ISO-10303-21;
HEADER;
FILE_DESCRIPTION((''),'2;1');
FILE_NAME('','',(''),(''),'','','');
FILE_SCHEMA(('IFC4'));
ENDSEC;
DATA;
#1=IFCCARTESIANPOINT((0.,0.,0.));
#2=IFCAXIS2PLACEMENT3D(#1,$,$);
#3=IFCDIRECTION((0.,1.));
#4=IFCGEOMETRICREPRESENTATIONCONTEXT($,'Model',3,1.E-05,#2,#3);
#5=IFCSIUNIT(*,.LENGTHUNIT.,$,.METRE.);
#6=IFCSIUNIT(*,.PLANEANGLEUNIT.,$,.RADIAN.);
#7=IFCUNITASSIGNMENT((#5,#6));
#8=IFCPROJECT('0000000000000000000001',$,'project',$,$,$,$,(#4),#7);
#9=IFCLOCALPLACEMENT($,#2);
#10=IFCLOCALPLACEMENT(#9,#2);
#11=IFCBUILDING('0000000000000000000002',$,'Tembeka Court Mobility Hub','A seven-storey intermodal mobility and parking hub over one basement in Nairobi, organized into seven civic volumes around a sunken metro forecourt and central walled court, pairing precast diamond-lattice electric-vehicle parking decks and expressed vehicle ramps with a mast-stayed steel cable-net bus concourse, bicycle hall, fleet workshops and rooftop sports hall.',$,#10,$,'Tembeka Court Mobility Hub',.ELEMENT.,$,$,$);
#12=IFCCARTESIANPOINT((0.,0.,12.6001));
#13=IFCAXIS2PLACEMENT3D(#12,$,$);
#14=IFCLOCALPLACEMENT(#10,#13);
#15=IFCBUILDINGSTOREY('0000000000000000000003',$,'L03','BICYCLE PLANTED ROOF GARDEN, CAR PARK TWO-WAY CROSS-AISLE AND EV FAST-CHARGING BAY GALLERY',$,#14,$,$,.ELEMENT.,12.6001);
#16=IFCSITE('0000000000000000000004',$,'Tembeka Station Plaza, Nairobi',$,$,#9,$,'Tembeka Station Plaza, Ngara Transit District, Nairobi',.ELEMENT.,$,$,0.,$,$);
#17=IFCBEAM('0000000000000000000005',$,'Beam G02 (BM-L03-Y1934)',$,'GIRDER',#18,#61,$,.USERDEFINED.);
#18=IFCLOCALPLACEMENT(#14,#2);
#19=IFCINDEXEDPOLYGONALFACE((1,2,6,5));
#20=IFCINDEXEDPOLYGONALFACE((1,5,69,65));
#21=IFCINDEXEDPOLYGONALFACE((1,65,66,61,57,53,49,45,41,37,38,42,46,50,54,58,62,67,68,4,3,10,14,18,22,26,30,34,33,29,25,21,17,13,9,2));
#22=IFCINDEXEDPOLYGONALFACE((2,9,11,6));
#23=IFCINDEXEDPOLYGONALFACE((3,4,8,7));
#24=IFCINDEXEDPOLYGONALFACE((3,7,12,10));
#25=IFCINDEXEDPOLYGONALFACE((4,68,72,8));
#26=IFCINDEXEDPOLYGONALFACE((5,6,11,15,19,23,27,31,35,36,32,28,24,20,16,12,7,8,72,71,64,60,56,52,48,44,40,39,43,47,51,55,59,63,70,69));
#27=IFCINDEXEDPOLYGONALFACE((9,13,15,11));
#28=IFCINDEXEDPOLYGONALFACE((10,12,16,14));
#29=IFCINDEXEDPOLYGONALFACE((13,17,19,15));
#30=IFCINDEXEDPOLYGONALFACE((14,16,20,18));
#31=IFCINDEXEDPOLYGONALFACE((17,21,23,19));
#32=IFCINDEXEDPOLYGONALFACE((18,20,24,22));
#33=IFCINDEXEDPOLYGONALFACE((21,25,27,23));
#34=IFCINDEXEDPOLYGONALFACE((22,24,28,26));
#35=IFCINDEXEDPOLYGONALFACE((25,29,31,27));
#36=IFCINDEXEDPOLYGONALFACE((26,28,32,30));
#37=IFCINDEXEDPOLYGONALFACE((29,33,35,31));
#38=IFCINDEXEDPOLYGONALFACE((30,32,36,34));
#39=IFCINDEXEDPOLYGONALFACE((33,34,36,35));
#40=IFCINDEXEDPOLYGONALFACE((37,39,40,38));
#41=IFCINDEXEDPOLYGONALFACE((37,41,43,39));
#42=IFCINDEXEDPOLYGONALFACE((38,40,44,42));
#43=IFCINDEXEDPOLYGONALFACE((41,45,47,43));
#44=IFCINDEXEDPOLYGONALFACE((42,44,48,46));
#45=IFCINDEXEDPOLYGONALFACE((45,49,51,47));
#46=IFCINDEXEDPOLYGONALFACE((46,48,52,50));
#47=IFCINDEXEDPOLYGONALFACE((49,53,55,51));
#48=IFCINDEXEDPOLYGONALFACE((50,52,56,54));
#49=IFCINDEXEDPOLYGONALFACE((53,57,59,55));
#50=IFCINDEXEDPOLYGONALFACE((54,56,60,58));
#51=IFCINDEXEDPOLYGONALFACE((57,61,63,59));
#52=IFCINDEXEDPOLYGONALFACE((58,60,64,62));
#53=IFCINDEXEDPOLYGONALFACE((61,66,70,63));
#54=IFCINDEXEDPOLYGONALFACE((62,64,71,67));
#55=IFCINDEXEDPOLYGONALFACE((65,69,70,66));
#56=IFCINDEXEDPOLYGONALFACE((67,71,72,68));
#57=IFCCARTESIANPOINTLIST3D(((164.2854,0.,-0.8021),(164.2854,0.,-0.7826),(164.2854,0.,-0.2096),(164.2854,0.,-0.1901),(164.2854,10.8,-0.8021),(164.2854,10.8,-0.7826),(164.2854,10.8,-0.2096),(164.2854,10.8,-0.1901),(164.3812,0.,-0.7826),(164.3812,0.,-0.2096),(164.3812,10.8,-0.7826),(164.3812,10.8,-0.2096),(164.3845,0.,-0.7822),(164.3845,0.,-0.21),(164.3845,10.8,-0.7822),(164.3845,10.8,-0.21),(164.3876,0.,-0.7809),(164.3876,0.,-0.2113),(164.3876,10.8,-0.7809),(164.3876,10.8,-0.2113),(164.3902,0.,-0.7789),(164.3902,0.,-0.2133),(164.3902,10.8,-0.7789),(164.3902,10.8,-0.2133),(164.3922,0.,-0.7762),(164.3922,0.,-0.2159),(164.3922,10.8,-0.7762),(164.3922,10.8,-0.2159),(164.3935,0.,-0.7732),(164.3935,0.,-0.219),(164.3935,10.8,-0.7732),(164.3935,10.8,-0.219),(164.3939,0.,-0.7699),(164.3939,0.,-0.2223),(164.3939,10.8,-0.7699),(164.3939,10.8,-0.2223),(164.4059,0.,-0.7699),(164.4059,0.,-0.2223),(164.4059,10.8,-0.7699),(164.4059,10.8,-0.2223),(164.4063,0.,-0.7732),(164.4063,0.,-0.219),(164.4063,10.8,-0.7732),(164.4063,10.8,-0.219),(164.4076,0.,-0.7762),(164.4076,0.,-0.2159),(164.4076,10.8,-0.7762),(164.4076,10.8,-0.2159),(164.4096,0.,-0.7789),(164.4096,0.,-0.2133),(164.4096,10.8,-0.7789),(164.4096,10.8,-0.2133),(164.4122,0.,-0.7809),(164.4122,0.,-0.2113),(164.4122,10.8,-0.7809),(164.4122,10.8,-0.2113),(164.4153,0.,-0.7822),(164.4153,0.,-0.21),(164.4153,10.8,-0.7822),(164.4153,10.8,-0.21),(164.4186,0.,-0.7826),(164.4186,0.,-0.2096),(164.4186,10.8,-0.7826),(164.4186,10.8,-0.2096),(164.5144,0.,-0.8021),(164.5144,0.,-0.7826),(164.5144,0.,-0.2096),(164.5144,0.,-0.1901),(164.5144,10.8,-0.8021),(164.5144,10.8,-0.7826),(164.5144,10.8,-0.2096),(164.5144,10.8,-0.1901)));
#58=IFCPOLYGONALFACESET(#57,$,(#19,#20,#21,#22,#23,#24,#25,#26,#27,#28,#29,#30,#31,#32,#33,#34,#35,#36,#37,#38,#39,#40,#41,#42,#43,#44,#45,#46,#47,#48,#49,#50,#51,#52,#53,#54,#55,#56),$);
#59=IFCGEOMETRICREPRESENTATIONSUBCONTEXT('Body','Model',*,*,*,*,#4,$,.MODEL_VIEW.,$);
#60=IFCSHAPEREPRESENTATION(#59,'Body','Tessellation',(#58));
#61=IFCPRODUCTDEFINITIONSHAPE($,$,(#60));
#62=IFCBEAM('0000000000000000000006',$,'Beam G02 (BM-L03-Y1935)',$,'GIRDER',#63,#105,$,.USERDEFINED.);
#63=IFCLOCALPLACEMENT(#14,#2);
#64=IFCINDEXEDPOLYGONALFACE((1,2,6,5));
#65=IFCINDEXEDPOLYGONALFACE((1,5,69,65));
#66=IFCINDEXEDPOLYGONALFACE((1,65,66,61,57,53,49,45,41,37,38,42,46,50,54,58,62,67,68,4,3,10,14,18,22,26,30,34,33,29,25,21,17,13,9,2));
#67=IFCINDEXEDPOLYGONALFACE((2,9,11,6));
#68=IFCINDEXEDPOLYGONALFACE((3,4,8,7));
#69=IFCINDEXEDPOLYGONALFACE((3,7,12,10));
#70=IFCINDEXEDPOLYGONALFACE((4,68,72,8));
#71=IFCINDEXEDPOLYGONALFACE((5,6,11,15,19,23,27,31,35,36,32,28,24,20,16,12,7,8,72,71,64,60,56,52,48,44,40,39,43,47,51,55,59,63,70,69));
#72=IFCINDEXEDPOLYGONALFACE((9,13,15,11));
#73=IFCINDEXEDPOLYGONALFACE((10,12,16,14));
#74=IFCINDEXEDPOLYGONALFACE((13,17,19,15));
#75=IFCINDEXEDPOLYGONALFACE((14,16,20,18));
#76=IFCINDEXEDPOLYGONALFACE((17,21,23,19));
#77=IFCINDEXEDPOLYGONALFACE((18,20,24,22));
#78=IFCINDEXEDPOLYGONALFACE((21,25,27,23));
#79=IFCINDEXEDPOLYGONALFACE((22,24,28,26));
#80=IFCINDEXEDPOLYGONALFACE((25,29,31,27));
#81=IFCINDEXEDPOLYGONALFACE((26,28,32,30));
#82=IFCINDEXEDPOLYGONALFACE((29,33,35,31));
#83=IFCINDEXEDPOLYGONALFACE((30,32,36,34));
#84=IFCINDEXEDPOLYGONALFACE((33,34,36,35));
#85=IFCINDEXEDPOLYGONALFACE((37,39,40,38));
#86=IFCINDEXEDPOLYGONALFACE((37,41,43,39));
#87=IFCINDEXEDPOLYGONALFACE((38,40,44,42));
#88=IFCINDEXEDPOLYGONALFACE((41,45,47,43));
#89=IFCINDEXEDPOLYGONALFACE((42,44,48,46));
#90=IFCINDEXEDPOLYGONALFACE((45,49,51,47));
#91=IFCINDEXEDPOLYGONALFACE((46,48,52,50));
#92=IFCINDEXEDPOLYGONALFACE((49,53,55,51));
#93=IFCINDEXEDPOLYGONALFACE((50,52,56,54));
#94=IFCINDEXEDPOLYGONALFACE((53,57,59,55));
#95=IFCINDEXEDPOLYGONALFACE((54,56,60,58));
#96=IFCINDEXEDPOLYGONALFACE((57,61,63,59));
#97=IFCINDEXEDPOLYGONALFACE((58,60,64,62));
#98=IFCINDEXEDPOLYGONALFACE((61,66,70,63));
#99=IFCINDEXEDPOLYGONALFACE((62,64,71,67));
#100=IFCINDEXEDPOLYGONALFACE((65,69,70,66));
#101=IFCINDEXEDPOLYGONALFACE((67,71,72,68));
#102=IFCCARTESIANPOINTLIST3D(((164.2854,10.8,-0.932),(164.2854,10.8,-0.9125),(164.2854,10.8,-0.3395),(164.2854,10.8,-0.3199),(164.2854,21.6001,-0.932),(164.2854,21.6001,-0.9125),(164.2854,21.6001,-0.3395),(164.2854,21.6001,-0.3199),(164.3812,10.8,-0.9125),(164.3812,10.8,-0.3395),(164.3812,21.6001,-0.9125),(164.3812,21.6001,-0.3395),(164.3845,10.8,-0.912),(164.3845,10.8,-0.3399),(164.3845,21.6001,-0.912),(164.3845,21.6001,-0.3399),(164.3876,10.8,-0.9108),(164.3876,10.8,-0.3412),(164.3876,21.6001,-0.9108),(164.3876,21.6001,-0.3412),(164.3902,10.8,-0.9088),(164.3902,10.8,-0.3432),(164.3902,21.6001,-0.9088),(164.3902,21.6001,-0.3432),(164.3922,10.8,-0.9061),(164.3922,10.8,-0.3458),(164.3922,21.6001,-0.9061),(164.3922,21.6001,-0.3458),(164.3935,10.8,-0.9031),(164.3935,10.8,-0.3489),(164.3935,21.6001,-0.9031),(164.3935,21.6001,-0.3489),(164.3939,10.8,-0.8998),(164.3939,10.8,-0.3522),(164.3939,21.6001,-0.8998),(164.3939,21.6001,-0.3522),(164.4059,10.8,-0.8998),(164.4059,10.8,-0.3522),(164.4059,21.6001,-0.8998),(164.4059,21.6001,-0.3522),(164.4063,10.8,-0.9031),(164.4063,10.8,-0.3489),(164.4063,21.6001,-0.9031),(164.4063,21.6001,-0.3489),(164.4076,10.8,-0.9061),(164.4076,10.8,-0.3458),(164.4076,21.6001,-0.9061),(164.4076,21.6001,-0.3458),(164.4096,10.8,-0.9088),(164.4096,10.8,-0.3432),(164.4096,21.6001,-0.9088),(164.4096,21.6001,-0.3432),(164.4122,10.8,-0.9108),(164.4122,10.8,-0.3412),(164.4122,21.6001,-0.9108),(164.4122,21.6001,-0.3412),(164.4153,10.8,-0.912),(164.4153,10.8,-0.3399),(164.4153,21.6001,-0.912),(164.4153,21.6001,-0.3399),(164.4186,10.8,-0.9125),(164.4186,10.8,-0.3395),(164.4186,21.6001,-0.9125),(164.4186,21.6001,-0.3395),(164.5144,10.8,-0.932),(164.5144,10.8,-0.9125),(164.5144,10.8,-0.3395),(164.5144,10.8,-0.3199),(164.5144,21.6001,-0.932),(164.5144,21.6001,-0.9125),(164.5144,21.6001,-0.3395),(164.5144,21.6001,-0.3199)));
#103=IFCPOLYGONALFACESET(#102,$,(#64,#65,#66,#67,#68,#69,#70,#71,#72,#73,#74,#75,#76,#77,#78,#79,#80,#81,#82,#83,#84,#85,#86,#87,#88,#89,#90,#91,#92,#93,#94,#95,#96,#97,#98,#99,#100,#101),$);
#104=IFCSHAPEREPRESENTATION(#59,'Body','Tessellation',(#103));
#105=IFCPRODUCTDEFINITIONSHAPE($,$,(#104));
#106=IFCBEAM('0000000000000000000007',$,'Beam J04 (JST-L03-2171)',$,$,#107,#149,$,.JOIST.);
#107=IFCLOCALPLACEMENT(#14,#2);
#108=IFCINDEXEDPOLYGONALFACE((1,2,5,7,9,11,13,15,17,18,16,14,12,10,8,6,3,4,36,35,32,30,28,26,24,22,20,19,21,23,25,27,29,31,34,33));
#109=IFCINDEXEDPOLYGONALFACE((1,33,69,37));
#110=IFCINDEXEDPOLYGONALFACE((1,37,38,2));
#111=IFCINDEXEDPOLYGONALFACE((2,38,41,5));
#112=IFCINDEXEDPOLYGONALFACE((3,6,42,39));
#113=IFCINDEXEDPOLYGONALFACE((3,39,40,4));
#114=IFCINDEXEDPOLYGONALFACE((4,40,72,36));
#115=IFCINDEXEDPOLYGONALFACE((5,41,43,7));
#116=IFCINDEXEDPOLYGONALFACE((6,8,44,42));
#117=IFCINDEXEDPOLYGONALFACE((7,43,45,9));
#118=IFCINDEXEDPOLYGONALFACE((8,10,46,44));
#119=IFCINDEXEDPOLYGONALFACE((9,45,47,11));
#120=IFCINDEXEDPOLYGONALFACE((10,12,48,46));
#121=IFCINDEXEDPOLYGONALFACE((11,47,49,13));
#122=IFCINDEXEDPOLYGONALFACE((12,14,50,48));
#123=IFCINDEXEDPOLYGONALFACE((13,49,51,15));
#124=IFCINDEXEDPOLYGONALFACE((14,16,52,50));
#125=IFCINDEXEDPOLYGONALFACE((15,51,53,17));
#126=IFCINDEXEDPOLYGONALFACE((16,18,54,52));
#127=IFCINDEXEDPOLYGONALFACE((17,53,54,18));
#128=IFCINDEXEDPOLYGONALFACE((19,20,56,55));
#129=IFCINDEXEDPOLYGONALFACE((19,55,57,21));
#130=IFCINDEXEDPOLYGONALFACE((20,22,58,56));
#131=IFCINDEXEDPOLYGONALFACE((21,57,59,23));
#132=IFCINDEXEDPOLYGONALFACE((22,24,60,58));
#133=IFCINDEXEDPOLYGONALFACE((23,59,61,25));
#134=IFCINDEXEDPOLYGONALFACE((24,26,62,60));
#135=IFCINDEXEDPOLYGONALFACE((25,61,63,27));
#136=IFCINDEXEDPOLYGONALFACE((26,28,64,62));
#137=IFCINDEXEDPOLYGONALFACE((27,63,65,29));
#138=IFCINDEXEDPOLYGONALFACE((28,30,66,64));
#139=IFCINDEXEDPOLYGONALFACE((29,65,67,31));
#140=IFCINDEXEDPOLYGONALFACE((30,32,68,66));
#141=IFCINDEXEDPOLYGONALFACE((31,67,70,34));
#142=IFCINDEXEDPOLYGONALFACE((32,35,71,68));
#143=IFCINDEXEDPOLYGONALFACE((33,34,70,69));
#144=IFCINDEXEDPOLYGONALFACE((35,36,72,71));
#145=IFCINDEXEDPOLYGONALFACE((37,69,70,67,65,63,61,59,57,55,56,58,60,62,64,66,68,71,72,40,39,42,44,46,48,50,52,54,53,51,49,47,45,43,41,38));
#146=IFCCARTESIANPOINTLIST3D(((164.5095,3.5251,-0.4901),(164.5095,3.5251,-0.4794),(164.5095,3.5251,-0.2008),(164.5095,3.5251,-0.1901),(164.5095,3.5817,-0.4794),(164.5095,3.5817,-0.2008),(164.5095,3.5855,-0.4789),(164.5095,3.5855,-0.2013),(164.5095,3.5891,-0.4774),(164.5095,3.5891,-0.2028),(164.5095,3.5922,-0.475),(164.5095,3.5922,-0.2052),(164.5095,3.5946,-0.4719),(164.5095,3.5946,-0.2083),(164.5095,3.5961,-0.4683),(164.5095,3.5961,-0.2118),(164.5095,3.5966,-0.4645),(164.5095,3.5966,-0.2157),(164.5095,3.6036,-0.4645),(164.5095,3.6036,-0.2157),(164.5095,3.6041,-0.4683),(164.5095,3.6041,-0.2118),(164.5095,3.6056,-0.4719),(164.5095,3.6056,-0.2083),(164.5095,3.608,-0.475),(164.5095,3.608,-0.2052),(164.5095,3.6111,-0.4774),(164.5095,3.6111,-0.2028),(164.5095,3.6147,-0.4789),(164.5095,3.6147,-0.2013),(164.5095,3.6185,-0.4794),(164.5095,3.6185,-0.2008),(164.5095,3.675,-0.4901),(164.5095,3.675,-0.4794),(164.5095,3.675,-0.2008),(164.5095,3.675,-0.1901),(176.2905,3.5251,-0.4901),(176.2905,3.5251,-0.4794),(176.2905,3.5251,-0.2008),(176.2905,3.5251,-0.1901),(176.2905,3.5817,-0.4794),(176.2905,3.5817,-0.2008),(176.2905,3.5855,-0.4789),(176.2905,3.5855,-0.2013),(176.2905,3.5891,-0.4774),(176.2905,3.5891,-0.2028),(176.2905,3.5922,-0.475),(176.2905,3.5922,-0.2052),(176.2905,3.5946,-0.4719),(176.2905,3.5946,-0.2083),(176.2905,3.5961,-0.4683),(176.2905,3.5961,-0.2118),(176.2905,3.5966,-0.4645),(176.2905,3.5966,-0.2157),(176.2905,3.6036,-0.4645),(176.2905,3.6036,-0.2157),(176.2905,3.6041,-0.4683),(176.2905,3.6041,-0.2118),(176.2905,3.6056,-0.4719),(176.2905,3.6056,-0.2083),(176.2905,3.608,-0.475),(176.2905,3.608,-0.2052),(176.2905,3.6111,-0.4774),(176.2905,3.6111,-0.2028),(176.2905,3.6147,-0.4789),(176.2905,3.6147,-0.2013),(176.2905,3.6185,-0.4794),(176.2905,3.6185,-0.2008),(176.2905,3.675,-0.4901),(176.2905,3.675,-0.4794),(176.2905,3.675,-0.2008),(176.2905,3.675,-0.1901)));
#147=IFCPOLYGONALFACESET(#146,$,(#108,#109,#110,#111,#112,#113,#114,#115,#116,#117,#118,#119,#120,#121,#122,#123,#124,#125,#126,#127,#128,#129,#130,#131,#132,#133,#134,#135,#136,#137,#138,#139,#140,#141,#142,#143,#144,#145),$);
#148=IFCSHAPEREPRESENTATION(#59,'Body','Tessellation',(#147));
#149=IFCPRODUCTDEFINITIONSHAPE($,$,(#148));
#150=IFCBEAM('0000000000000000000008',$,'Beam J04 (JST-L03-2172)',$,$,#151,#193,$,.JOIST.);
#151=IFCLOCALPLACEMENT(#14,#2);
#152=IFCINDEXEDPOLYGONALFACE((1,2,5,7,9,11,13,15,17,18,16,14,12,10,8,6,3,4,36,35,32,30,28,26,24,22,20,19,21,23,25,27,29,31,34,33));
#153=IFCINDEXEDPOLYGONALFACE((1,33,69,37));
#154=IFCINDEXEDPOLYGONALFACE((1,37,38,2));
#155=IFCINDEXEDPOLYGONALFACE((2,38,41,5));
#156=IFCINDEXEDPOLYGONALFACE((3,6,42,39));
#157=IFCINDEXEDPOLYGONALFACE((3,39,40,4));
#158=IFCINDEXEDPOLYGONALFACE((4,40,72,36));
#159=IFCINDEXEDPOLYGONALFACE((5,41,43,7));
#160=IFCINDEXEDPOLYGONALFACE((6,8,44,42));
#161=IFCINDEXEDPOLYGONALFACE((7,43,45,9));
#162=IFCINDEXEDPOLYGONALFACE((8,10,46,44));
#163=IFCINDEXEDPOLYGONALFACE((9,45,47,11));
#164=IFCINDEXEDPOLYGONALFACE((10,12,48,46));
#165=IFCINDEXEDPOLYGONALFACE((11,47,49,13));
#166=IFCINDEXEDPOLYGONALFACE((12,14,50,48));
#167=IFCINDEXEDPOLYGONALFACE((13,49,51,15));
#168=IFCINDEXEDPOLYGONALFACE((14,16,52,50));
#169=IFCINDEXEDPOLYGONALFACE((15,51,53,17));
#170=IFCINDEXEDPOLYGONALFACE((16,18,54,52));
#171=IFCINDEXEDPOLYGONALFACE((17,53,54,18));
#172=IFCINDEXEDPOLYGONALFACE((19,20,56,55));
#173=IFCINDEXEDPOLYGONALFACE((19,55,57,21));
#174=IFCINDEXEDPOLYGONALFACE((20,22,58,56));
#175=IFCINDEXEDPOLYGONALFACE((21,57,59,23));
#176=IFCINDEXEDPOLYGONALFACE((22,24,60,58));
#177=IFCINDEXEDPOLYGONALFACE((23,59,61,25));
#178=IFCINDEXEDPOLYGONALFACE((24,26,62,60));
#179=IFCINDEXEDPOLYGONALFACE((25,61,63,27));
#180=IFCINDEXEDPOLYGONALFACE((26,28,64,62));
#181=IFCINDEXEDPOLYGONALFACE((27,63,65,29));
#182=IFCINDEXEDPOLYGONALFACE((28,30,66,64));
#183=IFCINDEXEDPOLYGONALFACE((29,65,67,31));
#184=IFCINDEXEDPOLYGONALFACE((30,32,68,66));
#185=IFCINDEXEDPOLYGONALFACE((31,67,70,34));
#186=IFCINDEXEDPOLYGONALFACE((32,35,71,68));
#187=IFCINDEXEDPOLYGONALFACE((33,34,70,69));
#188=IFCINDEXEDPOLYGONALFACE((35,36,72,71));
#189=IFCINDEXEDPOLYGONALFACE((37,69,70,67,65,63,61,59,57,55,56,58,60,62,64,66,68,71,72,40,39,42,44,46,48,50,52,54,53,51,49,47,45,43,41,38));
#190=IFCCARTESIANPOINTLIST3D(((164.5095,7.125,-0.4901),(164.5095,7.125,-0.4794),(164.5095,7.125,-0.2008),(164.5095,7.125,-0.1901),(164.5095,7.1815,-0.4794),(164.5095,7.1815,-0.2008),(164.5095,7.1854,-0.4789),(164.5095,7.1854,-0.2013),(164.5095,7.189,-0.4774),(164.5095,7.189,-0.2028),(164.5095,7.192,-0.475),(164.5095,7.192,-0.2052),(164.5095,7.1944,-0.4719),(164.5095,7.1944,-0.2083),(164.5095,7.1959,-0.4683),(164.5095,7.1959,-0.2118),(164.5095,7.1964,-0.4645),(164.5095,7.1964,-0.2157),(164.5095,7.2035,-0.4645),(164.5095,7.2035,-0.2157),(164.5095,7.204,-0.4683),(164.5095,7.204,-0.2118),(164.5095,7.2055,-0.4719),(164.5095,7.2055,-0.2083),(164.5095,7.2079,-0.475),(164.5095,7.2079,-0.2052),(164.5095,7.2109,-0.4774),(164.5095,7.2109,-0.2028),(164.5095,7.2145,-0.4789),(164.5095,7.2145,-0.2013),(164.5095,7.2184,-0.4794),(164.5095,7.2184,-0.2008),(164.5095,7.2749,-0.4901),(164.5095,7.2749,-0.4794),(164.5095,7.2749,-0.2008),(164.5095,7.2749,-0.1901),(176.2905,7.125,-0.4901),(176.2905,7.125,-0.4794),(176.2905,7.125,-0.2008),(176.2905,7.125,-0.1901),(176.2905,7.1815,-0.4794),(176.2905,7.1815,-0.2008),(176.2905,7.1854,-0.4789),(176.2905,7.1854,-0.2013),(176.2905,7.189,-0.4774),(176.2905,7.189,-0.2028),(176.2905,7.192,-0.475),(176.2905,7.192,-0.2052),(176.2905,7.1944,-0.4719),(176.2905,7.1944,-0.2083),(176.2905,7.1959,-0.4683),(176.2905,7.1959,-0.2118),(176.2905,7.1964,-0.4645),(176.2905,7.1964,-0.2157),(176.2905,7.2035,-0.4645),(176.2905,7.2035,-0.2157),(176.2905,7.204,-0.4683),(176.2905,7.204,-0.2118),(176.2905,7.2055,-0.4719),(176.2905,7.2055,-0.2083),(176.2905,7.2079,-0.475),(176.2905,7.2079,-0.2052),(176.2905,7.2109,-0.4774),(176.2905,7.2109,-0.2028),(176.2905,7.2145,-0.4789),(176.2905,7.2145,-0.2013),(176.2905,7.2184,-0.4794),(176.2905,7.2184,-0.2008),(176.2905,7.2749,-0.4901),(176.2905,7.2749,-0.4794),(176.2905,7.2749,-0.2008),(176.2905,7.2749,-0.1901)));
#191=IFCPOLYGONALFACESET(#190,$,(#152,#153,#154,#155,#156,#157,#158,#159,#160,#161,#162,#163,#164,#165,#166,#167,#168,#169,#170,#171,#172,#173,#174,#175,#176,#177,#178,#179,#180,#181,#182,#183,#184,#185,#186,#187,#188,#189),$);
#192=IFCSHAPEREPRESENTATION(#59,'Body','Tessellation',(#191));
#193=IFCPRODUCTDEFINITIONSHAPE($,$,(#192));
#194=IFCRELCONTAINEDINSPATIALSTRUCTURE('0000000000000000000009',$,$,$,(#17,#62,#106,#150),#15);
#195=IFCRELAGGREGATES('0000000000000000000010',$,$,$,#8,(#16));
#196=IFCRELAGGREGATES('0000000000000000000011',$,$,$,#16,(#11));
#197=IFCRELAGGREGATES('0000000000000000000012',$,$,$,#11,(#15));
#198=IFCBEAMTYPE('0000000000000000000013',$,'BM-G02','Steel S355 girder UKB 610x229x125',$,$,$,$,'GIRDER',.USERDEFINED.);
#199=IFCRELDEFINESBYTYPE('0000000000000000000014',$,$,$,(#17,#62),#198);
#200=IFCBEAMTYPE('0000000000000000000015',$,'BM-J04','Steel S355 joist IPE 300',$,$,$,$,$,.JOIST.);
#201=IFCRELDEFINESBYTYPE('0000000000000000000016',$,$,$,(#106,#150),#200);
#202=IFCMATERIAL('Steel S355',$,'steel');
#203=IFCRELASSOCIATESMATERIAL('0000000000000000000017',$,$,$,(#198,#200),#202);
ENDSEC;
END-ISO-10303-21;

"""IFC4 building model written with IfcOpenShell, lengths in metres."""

from ifc_helpers import new_model, si_unit, direction, frame, origin, origin_2d, place, context, subcontext, project, spatial, i_section, extrude, material, material_profile, profile_set, type_object, element, save


model = new_model("IFC4")

# Units and contexts
model_context = context("Model", 3, precision=1e-05, world=origin(), true_north=direction((0.0, 1.0)))
body_context = subcontext(model_context, "Body", "Model", "MODEL_VIEW")
ifc_project = project(units=[si_unit("LENGTHUNIT", "METRE"), si_unit("PLANEANGLEUNIT", "RADIAN")], contexts=[model_context])

# Site, building, storey
site_placement = place(None, origin())
site = spatial("IfcSite", under=ifc_project, at=site_placement, Name="Tembeka Station Plaza, Nairobi", LongName="Tembeka Station Plaza, Ngara Transit District, Nairobi", CompositionType="ELEMENT", RefElevation=0.0)
building_placement = place(site_placement, origin())
building = spatial("IfcBuilding", under=site, at=building_placement, Name="Tembeka Court Mobility Hub", Description="A seven-storey intermodal mobility and parking hub over one basement in Nairobi, organized into seven civic volumes around a sunken metro forecourt and central walled court, pairing precast diamond-lattice electric-vehicle parking decks and expressed vehicle ramps with a mast-stayed steel cable-net bus concourse, bicycle hall, fleet workshops and rooftop sports hall.", LongName="Tembeka Court Mobility Hub", CompositionType="ELEMENT")
storey_placement = place(building_placement, frame((0.0, 0.0, 12.6001)))
storey = spatial("IfcBuildingStorey", under=building, at=storey_placement, Name="L03", Description="BICYCLE PLANTED ROOF GARDEN, CAR PARK TWO-WAY CROSS-AISLE AND EV FAST-CHARGING BAY GALLERY", CompositionType="ELEMENT", Elevation=12.6001)

# Shared definitions
ifc_material_1 = material(Name="Steel S355", Category="steel")

# Beams
ifc_material_profile_1 = material_profile(ifc_material_1, i_section(OverallWidth=0.229, OverallDepth=0.6121, WebThickness=0.012, FlangeThickness=0.0195, FilletRadius=0.0127, at=origin_2d()), Name="UKB 610x229x125")
ifc_profile_set_1 = profile_set([ifc_material_profile_1], Name="Steel S355")
beam_type_1 = type_object("IfcBeamType", Name="BM-G02", Description="Steel S355 girder UKB 610x229x125", ElementType="GIRDER", PredefinedType="USERDEFINED", material=ifc_profile_set_1)
for number, where, z_axis, x_axis, name in (
    (1, (164.3999, 0.0, -0.4961), (0.0, 1.0, 0.0), (-1.0, 0.0, 0.0), "Beam G02 (BM-L03-Y1934)"),
    (2, (164.3999, 10.8, -0.626), (0.0, 1.0, 0.0), (-1.0, 0.0, 0.0), "Beam G02 (BM-L03-Y1935)"),
):
    element("IfcBeam", number, at=place(storey_placement, frame(where, z_axis=z_axis, x_axis=x_axis)), inside=storey, type_object=beam_type_1, Name=name, ObjectType="GIRDER", PredefinedType="USERDEFINED", context=body_context, shape_type="SweptSolid", body=[
        extrude(i_section(OverallWidth=0.229, OverallDepth=0.6121, WebThickness=0.012, FlangeThickness=0.0195, FilletRadius=0.0127, at=origin_2d()), origin(), (0.0, 0.0, 1.0), 10.8),
    ])
ifc_material_profile_2 = material_profile(ifc_material_1, i_section(OverallWidth=0.1499, OverallDepth=0.3, WebThickness=0.0071, FlangeThickness=0.0107, FilletRadius=0.0149, at=origin_2d()), Name="IPE 300")
ifc_profile_set_2 = profile_set([ifc_material_profile_2], Name="Steel S355")
beam_type_2 = type_object("IfcBeamType", Name="BM-J04", Description="Steel S355 joist IPE 300", PredefinedType="JOIST", material=ifc_profile_set_2)
for number, where, z_axis, x_axis, name in (
    (3, (164.5095, 3.6001, -0.3401), (1.0, 0.0, 0.0), (0.0, 1.0, 0.0), "Beam J04 (JST-L03-2171)"),
    (4, (164.5095, 7.2, -0.3401), (1.0, 0.0, 0.0), (0.0, 1.0, 0.0), "Beam J04 (JST-L03-2172)"),
):
    element("IfcBeam", number, at=place(storey_placement, frame(where, z_axis=z_axis, x_axis=x_axis)), inside=storey, type_object=beam_type_2, Name=name, PredefinedType="JOIST", context=body_context, shape_type="SweptSolid", body=[
        extrude(i_section(OverallWidth=0.1499, OverallDepth=0.3, WebThickness=0.0071, FlangeThickness=0.0107, FilletRadius=0.0149, at=origin_2d()), origin(), (0.0, 0.0, 1.0), 11.781),
    ])

save(model, "model.ifc")
